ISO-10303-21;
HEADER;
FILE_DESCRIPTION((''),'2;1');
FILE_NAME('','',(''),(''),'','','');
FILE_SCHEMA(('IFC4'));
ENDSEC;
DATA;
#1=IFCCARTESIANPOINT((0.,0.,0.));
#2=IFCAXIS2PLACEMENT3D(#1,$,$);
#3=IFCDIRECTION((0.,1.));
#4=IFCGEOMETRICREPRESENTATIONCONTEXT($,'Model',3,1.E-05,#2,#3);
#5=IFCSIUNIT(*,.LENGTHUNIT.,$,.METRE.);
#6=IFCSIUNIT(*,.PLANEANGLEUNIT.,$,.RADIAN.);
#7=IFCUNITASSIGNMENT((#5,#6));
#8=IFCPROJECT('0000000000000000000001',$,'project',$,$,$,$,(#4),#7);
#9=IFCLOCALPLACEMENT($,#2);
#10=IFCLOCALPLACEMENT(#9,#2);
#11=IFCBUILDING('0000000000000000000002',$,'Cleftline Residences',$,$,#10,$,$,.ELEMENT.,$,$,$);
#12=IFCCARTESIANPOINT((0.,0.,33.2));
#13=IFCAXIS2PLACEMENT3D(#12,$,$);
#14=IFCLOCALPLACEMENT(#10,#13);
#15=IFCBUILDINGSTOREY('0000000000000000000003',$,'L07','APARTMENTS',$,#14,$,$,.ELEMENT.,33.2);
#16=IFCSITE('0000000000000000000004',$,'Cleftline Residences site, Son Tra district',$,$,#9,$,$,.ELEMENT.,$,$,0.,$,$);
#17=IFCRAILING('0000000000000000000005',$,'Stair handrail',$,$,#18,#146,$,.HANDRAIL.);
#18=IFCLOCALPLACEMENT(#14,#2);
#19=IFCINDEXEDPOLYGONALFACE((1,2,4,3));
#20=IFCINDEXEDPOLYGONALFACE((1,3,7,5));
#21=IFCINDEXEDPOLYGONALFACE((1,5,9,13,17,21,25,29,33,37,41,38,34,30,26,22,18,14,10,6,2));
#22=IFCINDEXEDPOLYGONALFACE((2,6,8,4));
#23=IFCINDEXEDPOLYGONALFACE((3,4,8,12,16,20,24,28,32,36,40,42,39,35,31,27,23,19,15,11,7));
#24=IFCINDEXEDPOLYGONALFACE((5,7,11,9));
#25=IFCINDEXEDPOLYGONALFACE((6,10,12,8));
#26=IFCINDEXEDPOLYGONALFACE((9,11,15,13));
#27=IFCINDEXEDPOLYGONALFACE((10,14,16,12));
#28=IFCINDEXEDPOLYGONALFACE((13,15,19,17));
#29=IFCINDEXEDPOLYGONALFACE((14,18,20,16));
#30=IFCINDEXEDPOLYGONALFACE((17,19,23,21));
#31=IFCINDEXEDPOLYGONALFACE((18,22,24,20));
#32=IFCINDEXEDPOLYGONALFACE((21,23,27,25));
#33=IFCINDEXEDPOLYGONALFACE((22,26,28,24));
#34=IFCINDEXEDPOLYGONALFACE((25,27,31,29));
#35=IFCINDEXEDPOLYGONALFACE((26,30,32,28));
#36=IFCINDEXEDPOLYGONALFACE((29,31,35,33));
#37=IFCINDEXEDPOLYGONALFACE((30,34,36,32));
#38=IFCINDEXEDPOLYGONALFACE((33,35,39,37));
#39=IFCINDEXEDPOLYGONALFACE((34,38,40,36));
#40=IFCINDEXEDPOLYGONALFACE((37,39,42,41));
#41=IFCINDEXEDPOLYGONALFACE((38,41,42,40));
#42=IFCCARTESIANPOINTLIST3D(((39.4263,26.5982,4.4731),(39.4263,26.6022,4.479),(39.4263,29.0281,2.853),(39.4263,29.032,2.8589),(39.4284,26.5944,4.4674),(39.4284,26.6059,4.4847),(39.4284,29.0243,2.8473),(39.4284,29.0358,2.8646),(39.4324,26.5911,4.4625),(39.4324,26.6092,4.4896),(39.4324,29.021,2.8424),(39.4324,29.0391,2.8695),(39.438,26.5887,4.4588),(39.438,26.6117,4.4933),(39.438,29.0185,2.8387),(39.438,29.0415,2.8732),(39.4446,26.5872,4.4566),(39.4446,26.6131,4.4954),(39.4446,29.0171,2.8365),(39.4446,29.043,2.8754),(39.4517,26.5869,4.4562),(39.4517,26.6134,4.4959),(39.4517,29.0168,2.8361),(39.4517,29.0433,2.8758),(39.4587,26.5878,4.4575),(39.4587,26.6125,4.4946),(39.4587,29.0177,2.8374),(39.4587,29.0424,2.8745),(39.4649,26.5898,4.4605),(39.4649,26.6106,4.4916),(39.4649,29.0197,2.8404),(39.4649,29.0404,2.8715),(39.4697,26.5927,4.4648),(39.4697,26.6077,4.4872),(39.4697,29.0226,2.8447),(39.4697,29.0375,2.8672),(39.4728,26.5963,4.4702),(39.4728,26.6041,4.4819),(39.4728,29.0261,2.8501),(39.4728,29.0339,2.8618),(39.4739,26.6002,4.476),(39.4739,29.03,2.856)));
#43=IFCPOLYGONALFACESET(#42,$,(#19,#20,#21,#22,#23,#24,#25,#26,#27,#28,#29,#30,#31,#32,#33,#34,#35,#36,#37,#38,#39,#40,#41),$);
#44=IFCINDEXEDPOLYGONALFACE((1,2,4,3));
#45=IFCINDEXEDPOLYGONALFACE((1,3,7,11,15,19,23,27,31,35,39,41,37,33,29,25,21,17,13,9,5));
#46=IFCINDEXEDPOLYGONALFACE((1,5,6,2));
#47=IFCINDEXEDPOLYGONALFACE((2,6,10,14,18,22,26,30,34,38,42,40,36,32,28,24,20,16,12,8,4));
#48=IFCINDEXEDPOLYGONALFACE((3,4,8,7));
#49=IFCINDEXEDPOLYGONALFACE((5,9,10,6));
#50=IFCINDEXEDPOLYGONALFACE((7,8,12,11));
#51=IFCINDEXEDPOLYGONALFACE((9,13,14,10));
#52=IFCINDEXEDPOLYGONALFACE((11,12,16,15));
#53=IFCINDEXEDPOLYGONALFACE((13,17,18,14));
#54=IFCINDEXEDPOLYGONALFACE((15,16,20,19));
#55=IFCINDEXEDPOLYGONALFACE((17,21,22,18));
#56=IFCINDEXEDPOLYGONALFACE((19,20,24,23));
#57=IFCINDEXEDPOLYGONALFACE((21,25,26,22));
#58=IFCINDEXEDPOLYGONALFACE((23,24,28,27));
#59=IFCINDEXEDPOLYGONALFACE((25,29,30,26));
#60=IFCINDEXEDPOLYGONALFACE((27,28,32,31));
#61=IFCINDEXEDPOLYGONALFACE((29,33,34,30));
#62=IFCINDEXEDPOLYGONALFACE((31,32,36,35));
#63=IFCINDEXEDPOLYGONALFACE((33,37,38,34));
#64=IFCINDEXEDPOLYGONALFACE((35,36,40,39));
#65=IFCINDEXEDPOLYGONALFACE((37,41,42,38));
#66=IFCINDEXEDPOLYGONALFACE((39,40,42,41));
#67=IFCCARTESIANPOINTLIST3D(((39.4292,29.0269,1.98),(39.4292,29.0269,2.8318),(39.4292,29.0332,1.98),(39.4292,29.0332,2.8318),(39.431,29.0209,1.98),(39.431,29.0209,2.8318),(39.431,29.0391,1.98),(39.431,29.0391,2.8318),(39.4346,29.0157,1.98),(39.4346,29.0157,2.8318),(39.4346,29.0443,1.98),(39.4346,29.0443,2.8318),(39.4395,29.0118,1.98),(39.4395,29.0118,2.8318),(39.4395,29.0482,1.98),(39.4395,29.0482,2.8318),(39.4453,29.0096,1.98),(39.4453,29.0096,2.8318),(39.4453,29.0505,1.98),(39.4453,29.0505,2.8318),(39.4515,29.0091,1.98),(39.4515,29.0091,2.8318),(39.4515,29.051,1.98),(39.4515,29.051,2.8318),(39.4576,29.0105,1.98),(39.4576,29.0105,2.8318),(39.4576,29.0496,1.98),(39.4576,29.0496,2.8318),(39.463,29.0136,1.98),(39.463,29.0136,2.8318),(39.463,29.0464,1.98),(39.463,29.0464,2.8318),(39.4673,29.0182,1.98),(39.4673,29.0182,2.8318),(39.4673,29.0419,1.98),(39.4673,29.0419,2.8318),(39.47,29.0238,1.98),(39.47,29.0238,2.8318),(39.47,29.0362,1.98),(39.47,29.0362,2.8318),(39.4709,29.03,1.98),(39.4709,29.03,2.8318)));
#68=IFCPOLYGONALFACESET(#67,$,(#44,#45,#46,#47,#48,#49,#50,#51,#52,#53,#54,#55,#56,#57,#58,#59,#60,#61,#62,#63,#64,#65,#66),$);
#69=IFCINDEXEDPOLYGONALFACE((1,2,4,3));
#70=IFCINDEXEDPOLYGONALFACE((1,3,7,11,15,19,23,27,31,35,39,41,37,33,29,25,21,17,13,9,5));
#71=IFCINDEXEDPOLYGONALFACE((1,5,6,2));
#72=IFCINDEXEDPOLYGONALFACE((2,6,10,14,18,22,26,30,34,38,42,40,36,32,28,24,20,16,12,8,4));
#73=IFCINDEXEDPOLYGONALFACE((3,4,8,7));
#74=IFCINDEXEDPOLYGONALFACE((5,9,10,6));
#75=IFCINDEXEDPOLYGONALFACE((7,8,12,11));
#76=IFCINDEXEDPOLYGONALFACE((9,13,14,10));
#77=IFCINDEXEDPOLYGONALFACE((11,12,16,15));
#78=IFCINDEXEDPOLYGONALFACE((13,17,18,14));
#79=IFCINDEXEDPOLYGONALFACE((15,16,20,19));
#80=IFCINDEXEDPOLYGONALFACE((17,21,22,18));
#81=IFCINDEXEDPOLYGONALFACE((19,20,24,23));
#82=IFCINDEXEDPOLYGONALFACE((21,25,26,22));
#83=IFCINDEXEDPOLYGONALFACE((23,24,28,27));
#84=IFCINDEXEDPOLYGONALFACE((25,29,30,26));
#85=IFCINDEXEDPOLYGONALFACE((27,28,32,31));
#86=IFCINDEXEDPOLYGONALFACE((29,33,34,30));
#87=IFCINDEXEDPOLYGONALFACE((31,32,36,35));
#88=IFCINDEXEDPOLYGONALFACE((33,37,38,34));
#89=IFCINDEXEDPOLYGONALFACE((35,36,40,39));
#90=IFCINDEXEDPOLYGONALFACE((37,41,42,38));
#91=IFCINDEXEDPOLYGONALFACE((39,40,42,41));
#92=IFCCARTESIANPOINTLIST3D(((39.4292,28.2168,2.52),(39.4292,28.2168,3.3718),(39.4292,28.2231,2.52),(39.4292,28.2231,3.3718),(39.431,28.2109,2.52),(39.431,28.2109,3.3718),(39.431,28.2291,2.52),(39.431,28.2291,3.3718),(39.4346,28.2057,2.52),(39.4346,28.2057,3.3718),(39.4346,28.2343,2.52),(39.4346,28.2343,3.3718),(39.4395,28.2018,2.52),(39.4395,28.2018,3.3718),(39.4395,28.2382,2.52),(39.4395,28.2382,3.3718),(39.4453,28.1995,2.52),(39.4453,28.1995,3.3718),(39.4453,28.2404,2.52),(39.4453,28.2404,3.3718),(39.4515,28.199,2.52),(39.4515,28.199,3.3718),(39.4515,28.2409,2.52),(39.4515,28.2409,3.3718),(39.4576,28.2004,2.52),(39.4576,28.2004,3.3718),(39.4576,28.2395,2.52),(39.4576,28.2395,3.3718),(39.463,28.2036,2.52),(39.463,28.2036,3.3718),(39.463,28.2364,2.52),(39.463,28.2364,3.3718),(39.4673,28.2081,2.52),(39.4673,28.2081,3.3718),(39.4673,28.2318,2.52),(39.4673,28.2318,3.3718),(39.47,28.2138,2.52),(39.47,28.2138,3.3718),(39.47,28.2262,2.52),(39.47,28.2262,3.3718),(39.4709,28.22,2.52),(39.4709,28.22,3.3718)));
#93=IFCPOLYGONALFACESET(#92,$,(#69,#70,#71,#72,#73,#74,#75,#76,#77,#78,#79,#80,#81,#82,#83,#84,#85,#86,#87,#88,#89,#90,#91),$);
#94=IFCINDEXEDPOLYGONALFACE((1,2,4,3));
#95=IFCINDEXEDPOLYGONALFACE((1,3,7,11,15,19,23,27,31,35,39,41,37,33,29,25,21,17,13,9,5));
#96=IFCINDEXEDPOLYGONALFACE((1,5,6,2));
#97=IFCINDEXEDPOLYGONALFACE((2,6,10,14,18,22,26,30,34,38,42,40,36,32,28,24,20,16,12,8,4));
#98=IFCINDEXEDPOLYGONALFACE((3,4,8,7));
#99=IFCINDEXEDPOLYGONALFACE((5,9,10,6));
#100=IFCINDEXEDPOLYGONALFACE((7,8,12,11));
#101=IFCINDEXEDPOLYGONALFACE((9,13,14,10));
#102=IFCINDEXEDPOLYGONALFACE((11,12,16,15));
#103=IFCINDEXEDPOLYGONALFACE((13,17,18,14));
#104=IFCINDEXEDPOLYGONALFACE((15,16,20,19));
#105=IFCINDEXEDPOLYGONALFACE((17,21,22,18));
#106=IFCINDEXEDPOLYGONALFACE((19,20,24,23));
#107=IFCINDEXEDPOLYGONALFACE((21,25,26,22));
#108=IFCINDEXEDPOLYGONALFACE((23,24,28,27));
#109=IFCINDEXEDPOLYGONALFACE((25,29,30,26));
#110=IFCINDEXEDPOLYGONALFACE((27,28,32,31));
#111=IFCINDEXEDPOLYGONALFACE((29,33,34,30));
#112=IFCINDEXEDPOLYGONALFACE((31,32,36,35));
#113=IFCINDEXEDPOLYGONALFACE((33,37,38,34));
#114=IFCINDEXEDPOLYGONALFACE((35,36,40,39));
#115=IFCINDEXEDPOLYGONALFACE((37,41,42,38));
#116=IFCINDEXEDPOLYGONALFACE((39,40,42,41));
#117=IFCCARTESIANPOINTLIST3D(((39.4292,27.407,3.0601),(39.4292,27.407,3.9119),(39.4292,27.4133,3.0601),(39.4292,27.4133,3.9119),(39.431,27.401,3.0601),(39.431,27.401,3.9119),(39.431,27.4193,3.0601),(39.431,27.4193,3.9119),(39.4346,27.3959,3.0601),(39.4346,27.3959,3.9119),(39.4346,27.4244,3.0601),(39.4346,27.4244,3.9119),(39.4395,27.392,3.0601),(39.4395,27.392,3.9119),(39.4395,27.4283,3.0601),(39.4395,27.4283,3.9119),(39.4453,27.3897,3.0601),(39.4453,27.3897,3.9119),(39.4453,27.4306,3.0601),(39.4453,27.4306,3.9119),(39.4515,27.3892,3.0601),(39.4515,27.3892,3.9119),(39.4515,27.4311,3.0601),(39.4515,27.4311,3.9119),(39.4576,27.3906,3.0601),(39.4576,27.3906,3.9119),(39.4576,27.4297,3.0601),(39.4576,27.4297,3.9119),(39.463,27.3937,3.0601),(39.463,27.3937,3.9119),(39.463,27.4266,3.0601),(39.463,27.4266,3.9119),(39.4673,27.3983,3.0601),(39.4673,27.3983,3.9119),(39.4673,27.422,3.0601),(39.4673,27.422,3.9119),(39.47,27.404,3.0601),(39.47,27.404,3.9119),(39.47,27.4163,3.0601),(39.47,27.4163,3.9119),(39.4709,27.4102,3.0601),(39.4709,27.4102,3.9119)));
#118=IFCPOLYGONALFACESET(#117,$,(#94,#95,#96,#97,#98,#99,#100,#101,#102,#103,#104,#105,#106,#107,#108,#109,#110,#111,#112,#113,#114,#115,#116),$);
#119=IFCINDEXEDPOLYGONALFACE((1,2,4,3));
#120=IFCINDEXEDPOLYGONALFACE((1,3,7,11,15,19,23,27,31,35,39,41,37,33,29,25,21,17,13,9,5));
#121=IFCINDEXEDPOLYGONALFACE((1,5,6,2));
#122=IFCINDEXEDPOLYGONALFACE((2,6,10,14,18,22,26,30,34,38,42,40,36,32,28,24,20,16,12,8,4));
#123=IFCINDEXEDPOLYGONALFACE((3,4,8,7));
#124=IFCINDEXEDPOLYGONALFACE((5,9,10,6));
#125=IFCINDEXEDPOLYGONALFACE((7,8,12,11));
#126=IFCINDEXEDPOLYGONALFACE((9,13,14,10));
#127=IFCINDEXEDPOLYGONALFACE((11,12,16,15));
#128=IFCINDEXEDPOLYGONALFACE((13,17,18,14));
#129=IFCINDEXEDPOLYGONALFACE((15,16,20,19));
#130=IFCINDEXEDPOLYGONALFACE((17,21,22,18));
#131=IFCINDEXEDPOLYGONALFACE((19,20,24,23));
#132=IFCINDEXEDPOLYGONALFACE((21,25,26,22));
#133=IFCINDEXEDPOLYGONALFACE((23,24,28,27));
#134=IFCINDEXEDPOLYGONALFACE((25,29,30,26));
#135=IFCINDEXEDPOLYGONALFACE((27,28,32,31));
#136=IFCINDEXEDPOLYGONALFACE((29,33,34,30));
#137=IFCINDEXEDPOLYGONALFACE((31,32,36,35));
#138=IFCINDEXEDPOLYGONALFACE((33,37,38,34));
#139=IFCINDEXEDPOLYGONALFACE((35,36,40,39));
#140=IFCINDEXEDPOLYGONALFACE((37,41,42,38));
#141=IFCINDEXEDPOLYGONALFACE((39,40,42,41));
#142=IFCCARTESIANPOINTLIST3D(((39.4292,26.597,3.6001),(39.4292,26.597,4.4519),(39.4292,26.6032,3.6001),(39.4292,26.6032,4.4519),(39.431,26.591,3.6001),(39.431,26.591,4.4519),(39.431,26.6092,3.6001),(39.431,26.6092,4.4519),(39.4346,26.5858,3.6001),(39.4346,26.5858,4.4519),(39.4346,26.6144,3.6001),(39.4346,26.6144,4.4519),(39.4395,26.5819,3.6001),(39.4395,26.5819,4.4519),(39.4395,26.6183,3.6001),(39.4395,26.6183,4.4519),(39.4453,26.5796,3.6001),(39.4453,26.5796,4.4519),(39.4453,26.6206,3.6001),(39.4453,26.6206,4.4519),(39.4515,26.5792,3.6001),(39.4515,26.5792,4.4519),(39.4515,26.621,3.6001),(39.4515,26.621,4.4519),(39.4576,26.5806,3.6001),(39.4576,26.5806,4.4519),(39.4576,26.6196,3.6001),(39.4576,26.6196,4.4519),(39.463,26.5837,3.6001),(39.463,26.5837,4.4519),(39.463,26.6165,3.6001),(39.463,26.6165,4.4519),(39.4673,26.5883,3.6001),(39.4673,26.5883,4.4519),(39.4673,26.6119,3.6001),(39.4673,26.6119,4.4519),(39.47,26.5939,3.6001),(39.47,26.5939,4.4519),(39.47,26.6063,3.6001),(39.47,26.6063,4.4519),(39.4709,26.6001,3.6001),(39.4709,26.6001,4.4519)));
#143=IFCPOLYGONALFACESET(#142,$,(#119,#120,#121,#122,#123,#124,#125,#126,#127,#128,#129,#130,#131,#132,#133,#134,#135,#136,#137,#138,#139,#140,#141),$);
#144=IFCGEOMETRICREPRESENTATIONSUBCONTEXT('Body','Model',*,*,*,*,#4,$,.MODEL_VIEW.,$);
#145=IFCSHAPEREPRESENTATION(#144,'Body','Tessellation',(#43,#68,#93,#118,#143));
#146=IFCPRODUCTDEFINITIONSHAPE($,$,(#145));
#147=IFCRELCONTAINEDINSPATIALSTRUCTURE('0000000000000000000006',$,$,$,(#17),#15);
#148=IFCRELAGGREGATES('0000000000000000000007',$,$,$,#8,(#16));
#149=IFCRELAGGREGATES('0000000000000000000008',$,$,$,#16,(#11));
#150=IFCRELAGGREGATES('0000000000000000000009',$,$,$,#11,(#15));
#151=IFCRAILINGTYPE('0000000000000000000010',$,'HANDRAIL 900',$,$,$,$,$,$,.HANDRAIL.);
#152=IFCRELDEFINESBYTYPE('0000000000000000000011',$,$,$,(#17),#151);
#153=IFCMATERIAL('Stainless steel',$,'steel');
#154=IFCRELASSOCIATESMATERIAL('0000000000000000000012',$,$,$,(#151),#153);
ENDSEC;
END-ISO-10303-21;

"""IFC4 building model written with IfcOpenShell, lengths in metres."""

from ifc_helpers import new_model, si_unit, direction, frame, origin, origin_2d, place, context, subcontext, project, spatial, circle, extrude, material, type_object, element, save


model = new_model("IFC4")

# Units and contexts
model_context = context("Model", 3, precision=1e-05, world=origin(), true_north=direction((0.0, 1.0)))
body_context = subcontext(model_context, "Body", "Model", "MODEL_VIEW")
ifc_project = project(units=[si_unit("LENGTHUNIT", "METRE"), si_unit("PLANEANGLEUNIT", "RADIAN")], contexts=[model_context])

# Site, building, storey
site_placement = place(None, origin())
site = spatial("IfcSite", under=ifc_project, at=site_placement, Name="Cleftline Residences site, Son Tra district", CompositionType="ELEMENT", RefElevation=0.0)
building_placement = place(site_placement, origin())
building = spatial("IfcBuilding", under=site, at=building_placement, Name="Cleftline Residences", CompositionType="ELEMENT")
storey_placement = place(building_placement, frame((0.0, 0.0, 33.2)))
storey = spatial("IfcBuildingStorey", under=building, at=storey_placement, Name="L07", Description="APARTMENTS", CompositionType="ELEMENT", Elevation=33.2)

# Railing
ifc_material_1 = material(Name="Stainless steel", Category="steel")
railing_type = type_object("IfcRailingType", Name="HANDRAIL 900", PredefinedType="HANDRAIL", material=ifc_material_1)
railing_1_placement = place(storey_placement, frame((39.45, 29.03, 1.98)))
element("IfcRailing", 1, at=railing_1_placement, inside=storey, type_object=railing_type, Name="Stair handrail", PredefinedType="HANDRAIL", context=body_context, shape_type="SweptSolid", body=[
    extrude(circle(Radius=0.0239, at=origin_2d()), frame((0.0, 0.0, 0.876), z_axis=(0.0, -0.832025, 0.554739), x_axis=(1.0, 0.0, 0.0)), (0.0, 0.0, 1.0), 2.9204),
    extrude(circle(Radius=0.021, at=origin_2d()), origin(), (0.0, 0.0, 1.0), 0.8518),
    extrude(circle(Radius=0.021, at=origin_2d()), frame((0.0, -0.8101, 0.54)), (0.0, 0.0, 1.0), 0.8518),
    extrude(circle(Radius=0.021, at=origin_2d()), frame((0.0, -1.6199, 1.0801)), (0.0, 0.0, 1.0), 0.8518),
    extrude(circle(Radius=0.021, at=origin_2d()), frame((0.0, -2.4299, 1.6201)), (0.0, 0.0, 1.0), 0.8518),
])

save(model, "model.ifc")
